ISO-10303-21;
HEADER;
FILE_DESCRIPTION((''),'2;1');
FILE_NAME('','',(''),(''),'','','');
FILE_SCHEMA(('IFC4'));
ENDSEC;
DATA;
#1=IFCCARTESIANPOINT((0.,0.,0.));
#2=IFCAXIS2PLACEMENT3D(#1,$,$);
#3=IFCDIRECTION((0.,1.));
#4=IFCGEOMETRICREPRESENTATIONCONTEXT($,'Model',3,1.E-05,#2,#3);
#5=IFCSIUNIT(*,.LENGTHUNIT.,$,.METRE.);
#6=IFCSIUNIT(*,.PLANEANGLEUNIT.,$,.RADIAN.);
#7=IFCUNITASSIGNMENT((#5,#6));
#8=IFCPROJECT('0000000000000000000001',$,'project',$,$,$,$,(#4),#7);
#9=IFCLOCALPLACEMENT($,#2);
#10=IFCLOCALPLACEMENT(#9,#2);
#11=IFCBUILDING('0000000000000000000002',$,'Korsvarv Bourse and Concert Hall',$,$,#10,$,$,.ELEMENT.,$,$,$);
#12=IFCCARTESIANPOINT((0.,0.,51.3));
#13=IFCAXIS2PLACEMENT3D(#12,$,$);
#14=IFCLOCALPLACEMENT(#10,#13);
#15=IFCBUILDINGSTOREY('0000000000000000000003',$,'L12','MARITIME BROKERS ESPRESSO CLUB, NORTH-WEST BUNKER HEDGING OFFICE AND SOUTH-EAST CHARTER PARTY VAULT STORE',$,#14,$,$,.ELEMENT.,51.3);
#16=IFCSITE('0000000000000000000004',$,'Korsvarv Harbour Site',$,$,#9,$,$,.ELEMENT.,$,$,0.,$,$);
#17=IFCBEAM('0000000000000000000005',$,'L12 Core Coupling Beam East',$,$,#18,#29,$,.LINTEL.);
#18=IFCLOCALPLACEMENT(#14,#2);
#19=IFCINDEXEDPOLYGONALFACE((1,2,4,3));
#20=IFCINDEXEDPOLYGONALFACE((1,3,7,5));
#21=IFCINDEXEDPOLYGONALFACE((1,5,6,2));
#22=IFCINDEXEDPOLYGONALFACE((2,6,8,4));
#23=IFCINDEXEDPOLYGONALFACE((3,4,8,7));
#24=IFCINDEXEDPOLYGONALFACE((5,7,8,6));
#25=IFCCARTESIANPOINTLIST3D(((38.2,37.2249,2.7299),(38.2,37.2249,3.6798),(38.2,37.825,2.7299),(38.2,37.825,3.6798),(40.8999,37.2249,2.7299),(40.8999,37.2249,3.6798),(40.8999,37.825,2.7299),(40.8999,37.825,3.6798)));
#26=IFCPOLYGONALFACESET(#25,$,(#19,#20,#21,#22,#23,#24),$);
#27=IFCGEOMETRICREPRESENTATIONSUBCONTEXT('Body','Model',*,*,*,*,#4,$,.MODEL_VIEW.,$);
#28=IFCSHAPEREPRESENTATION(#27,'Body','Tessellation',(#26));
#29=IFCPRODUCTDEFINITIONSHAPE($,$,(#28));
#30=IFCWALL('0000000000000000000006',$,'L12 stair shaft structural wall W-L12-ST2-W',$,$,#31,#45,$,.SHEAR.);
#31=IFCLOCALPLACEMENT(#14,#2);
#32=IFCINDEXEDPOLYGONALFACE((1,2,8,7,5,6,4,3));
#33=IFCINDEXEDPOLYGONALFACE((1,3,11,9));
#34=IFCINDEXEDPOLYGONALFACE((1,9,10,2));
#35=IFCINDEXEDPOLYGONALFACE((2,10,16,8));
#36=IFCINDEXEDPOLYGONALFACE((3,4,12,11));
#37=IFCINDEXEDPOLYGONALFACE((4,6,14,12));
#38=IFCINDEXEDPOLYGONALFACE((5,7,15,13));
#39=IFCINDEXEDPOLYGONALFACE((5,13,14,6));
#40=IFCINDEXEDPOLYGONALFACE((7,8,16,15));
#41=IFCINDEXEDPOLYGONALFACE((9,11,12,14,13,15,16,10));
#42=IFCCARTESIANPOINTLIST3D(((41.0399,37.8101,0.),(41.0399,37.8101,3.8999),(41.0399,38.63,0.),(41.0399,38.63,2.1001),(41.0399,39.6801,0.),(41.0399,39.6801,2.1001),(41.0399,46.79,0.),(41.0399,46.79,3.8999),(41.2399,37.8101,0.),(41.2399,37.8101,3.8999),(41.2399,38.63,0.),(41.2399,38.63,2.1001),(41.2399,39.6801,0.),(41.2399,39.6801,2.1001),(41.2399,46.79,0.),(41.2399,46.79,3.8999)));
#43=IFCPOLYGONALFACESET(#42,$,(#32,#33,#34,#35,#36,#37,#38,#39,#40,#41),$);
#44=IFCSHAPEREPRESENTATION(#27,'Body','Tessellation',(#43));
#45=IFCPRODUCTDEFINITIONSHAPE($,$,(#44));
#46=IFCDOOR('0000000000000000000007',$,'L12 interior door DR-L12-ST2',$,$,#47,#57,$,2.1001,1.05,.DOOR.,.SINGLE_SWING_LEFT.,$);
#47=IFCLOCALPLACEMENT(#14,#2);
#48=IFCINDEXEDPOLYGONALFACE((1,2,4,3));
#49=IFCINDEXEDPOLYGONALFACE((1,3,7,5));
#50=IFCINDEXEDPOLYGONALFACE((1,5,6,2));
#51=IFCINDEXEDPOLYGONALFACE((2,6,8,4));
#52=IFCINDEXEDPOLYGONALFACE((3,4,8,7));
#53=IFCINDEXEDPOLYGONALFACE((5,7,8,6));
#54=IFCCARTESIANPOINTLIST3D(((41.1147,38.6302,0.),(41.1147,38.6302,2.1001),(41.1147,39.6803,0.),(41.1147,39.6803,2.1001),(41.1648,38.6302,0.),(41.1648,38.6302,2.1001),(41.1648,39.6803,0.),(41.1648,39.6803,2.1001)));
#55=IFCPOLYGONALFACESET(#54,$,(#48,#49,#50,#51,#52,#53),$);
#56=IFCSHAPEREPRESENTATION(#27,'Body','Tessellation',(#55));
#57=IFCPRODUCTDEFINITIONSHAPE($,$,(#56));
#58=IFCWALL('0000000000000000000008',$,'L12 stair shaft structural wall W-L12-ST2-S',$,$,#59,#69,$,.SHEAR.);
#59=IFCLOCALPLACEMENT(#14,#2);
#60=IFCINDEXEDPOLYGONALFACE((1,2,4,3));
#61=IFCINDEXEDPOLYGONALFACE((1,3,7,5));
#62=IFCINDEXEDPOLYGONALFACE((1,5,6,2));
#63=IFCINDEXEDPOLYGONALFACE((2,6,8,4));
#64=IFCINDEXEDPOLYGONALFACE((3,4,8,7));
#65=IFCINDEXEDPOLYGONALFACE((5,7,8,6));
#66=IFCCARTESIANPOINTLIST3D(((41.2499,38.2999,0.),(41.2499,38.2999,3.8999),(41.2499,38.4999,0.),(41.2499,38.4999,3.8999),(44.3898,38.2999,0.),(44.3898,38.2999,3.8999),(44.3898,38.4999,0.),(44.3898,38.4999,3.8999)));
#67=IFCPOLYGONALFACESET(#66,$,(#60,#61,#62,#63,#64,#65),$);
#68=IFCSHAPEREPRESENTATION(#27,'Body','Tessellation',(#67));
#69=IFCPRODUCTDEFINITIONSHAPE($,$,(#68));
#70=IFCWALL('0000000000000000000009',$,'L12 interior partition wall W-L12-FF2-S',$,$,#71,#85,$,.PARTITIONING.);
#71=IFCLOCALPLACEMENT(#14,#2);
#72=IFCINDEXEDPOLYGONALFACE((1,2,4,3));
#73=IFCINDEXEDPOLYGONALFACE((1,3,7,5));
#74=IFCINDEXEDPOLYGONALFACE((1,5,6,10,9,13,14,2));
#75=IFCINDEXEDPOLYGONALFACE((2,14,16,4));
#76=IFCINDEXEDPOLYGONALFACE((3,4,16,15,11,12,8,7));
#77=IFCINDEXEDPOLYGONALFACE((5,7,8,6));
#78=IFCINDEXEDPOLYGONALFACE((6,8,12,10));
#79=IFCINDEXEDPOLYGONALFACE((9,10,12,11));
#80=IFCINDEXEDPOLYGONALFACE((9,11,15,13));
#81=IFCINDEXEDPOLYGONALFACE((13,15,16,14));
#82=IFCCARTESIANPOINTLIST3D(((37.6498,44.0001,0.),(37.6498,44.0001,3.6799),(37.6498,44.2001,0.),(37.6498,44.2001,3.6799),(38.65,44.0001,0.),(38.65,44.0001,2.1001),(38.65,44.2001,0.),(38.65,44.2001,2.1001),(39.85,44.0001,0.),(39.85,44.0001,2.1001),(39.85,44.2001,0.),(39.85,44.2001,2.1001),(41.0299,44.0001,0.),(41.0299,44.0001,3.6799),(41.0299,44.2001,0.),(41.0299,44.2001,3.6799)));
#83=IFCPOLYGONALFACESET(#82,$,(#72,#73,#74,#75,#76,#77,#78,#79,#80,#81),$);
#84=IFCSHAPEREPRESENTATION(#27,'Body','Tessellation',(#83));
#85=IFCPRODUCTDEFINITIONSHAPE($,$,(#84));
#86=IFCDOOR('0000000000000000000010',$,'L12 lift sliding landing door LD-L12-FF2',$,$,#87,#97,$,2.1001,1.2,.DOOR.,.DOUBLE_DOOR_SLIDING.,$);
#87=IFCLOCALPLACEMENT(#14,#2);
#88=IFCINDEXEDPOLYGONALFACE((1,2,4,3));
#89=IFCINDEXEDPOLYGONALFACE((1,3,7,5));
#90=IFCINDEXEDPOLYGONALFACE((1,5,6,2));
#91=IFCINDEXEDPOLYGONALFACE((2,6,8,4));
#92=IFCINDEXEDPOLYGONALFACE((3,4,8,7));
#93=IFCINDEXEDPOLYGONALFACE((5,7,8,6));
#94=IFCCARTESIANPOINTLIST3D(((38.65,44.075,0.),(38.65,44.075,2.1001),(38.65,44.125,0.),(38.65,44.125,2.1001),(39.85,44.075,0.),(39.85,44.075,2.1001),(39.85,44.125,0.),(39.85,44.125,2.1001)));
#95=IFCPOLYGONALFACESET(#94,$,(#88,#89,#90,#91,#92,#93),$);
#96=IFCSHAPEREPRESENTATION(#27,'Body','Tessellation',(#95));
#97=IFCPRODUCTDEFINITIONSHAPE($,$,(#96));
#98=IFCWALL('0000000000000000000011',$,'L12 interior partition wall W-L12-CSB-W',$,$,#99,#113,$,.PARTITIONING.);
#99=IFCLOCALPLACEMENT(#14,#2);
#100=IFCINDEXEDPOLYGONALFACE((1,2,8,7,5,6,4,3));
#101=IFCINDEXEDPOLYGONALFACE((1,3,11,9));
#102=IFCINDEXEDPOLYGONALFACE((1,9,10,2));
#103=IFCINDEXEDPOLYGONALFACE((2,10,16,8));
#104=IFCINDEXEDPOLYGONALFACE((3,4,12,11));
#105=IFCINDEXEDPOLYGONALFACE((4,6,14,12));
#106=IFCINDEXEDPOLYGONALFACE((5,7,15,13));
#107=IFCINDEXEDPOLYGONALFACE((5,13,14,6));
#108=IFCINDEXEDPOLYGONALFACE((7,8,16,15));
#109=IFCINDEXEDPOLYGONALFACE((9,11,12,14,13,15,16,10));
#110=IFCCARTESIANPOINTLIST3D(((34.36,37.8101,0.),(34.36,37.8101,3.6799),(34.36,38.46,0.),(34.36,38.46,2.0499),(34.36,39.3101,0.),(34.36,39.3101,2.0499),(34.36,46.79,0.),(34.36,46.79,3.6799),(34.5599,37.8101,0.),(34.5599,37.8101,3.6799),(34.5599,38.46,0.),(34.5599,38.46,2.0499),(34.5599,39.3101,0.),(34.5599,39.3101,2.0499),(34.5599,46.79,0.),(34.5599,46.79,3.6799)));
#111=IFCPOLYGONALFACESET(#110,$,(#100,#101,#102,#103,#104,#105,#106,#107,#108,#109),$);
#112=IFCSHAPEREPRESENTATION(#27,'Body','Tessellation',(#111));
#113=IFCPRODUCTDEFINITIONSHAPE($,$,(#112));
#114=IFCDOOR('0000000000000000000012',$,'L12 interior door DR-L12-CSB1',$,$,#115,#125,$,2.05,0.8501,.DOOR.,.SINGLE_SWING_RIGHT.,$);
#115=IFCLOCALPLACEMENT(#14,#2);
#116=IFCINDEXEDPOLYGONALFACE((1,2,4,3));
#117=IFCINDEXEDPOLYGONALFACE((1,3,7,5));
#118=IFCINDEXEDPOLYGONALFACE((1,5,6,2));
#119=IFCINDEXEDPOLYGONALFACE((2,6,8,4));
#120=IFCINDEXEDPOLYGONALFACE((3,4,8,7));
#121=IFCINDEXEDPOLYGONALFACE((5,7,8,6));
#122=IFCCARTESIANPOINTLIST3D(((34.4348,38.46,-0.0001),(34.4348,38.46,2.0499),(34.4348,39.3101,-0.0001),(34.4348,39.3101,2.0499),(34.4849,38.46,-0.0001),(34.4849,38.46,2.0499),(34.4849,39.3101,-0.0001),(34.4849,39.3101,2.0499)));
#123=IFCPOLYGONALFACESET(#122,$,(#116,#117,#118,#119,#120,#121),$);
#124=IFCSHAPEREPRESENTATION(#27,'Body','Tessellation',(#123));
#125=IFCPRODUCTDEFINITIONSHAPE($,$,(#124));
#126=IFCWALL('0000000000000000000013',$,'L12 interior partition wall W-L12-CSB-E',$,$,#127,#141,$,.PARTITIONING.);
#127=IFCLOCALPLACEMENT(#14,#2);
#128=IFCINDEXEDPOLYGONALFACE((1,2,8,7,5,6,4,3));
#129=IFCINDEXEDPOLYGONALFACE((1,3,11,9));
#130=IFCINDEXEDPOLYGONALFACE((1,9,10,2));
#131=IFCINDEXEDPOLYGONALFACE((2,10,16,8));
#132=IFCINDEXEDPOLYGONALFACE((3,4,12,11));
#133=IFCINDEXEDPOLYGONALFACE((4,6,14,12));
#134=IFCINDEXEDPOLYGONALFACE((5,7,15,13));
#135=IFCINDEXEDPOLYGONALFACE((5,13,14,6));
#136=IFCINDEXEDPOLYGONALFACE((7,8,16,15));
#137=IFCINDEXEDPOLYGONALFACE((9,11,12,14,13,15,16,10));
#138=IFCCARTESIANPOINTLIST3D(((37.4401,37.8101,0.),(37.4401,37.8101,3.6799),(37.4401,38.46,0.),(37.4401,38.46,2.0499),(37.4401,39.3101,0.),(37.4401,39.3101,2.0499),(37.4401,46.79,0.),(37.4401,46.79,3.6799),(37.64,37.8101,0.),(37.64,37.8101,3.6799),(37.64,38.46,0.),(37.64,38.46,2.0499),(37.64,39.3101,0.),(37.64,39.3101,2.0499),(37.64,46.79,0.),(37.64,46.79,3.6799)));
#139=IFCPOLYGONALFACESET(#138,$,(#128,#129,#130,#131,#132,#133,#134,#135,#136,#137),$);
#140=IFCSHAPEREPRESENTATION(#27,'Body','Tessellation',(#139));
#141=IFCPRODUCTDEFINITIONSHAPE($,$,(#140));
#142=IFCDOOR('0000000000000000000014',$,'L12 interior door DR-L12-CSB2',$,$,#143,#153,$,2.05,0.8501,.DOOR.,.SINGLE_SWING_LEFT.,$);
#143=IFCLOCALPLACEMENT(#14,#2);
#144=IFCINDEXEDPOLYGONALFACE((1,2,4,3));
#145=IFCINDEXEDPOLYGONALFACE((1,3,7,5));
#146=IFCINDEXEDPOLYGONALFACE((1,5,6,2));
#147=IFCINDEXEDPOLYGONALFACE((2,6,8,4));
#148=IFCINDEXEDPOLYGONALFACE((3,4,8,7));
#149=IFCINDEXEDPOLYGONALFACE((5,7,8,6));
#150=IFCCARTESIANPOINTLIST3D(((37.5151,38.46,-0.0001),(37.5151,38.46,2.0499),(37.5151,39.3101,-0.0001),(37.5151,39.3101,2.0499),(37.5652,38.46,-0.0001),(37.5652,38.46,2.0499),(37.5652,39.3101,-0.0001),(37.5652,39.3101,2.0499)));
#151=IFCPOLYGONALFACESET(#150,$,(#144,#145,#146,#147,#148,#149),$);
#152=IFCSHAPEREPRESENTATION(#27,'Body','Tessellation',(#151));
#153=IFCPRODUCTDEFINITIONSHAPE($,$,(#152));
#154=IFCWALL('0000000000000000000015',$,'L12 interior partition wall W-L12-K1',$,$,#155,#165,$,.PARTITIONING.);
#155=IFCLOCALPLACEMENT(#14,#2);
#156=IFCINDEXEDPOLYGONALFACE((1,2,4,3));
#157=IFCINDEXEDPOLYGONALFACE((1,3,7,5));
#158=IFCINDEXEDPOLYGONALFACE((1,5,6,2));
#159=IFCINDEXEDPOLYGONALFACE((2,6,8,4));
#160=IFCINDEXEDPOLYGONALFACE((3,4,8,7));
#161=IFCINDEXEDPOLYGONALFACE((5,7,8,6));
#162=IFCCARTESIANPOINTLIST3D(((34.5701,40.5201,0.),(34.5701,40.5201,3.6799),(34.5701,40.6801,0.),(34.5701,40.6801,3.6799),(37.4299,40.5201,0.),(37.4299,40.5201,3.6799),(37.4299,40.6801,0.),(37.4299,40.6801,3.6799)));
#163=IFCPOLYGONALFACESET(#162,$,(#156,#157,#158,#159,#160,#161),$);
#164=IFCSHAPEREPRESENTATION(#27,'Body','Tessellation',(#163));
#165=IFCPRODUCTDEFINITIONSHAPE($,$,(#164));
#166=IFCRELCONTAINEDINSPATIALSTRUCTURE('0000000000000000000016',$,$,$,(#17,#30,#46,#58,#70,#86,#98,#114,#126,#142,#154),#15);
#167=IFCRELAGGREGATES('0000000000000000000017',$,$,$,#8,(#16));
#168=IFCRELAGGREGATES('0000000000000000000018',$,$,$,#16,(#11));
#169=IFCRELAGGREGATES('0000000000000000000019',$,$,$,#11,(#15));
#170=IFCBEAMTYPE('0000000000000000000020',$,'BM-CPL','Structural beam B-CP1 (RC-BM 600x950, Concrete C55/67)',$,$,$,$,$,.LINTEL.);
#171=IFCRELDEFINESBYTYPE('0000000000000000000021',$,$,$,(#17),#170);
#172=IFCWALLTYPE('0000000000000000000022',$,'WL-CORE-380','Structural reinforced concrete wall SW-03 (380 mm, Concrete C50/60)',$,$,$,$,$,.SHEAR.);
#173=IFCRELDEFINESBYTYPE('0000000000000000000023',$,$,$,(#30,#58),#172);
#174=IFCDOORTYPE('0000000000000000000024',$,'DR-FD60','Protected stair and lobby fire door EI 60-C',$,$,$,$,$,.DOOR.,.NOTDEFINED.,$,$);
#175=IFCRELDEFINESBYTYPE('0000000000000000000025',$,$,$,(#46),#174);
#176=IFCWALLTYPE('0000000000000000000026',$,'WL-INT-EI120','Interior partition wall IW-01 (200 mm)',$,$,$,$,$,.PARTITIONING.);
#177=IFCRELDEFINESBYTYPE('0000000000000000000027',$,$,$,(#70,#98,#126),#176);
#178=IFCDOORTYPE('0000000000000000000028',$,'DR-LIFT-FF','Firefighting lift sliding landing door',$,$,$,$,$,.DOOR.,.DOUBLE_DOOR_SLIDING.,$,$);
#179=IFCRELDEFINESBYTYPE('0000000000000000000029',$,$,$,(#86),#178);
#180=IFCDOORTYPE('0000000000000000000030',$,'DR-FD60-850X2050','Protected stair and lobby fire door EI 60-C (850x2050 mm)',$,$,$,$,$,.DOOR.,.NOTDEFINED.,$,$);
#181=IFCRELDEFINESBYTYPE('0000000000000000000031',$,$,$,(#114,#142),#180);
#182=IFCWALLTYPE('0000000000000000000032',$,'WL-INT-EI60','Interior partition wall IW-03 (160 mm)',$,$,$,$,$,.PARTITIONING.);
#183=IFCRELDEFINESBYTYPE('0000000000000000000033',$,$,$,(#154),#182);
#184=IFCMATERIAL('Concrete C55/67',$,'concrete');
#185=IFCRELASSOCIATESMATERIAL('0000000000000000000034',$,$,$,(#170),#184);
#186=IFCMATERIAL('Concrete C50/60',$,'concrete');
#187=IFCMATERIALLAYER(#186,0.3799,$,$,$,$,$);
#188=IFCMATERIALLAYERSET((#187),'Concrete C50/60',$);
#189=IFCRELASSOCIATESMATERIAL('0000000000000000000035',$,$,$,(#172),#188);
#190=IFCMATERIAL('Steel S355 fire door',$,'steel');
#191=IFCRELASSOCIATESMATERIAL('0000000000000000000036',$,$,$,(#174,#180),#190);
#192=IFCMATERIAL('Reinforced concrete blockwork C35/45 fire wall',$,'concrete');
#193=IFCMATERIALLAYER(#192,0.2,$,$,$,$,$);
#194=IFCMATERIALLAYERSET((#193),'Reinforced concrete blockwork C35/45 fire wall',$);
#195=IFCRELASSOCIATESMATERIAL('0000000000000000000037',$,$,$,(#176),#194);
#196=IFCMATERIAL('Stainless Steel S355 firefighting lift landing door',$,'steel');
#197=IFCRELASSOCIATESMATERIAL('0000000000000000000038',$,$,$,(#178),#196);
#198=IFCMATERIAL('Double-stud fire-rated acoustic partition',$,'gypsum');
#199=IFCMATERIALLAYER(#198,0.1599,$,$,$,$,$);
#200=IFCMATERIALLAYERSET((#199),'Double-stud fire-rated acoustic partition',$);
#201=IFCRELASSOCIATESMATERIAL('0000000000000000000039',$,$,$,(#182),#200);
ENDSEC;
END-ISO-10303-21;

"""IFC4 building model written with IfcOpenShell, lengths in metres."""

from ifc_helpers import new_model, si_unit, direction, frame, frame_2d, origin, origin_2d, place, context, subcontext, project, spatial, rectangle, extrude, source, transform, mapped, material, layer, layer_set, material_profile, profile_set, type_object, element, fill, save


model = new_model("IFC4")

# Units and contexts
model_context = context("Model", 3, precision=1e-05, world=origin(), true_north=direction((0.0, 1.0)))
body_context = subcontext(model_context, "Body", "Model", "MODEL_VIEW")
ifc_project = project(units=[si_unit("LENGTHUNIT", "METRE"), si_unit("PLANEANGLEUNIT", "RADIAN")], contexts=[model_context])

# Site, building, storey
site_placement = place(None, origin())
site = spatial("IfcSite", under=ifc_project, at=site_placement, Name="Korsvarv Harbour Site", CompositionType="ELEMENT", RefElevation=0.0)
building_placement = place(site_placement, origin())
building = spatial("IfcBuilding", under=site, at=building_placement, Name="Korsvarv Bourse and Concert Hall", CompositionType="ELEMENT")
storey_placement = place(building_placement, frame((0.0, 0.0, 51.3)))
storey = spatial("IfcBuildingStorey", under=building, at=storey_placement, Name="L12", Description="MARITIME BROKERS ESPRESSO CLUB, NORTH-WEST BUNKER HEDGING OFFICE AND SOUTH-EAST CHARTER PARTY VAULT STORE", CompositionType="ELEMENT", Elevation=51.3)

# Beam
ifc_material_1 = material(Name="Concrete C55/67", Category="concrete")
ifc_material_profile = material_profile(ifc_material_1, rectangle(XDim=0.6001, YDim=0.95, at=origin_2d()), Name="RC-BM 600x950")
ifc_profile_set = profile_set([ifc_material_profile], Name="Concrete C55/67")
beam_type = type_object("IfcBeamType", Name="BM-CPL", Description="Structural beam B-CP1 (RC-BM 600x950, Concrete C55/67)", PredefinedType="LINTEL", material=ifc_profile_set)
shared_shape = source(origin(), body_context, "Body", "SweptSolid", [
    extrude(rectangle(XDim=0.6001, YDim=0.95, at=origin_2d()), origin(), (0.0, 0.0, 1.0), 2.7),
])
beam_placement = place(storey_placement, frame((38.2, 37.5249, 3.2048), z_axis=(1.0, 0.0, 0.0), x_axis=(0.0, 1.0, 0.0)))
element("IfcBeam", 1, at=beam_placement, inside=storey, type_object=beam_type, Name="L12 Core Coupling Beam East", PredefinedType="LINTEL", context=body_context, shape_type="MappedRepresentation", body=[
    mapped(shared_shape, transform((0.0, 0.0, 0.0), scale=1.0)),
])

# Wall, opening, door
ifc_material_2 = material(Name="Concrete C50/60", Category="concrete")
ifc_layer_1 = layer(ifc_material_2, 0.3799)
ifc_layer_set_1 = layer_set([ifc_layer_1], Name="Concrete C50/60")
wall_type_1 = type_object("IfcWallType", Name="WL-CORE-380", Description="Structural reinforced concrete wall SW-03 (380 mm, Concrete C50/60)", PredefinedType="SHEAR", material=ifc_layer_set_1)
wall_1_placement = place(storey_placement, frame((41.1399, 37.8101, 0.0), z_axis=(0.0, 0.0, 1.0), x_axis=(0.0, 1.0, 0.0)))
wall_1 = element("IfcWall", 2, at=wall_1_placement, inside=storey, type_object=wall_type_1, Name="L12 stair shaft structural wall W-L12-ST2-W", PredefinedType="SHEAR", context=body_context, shape_type="SweptSolid", body=[
    extrude(rectangle(XDim=8.98, YDim=0.2, at=frame_2d((4.49, 0.0))), origin(), (0.0, 0.0, 1.0), 3.8999),
])
opening_1_placement = place(wall_1_placement, frame((0.8201, 0.0, 0.0)))
opening_1 = element("IfcOpeningElement", 3, at=opening_1_placement, cuts=wall_1, PredefinedType="OPENING", context=body_context, shape_type="SweptSolid", body=[
    extrude(rectangle(XDim=1.05, YDim=2.1001, at=frame_2d((0.5249, 1.05))), frame((0.0, 0.1099, 0.0), z_axis=(0.0, -1.0, 0.0), x_axis=(1.0, 0.0, 0.0)), (0.0, 0.0, 1.0), 0.22),
])
ifc_material_3 = material(Name="Steel S355 fire door", Category="steel")
door_type_1 = type_object("IfcDoorType", Name="DR-FD60", Description="Protected stair and lobby fire door EI 60-C", OperationType="NOTDEFINED", PredefinedType="DOOR", material=ifc_material_3)
door_1_placement = place(opening_1_placement, frame((1.05, 0.0, 0.0), z_axis=(0.0, 0.0, 1.0), x_axis=(-1.0, 0.0, 0.0)))
door_1 = element("IfcDoor", 4, at=door_1_placement, inside=storey, type_object=door_type_1, Name="L12 interior door DR-L12-ST2", OperationType="SINGLE_SWING_LEFT", OverallHeight=2.1001, OverallWidth=1.05, PredefinedType="DOOR", context=body_context, shape_type="SweptSolid", body=[
    extrude(rectangle(XDim=1.05, YDim=2.1001, at=frame_2d((0.5249, 1.05))), frame((0.0, 0.0249, 0.0), z_axis=(0.0, -1.0, 0.0), x_axis=(1.0, 0.0, 0.0)), (0.0, 0.0, 1.0), 0.05),
])
fill(opening_1, door_1)

# Wall
wall_2_placement = place(storey_placement, frame((41.25, 38.3999, 0.0), z_axis=(0.0, 0.0, 1.0), x_axis=(1.0, 0.0, 0.0)))
element("IfcWall", 5, at=wall_2_placement, inside=storey, type_object=wall_type_1, Name="L12 stair shaft structural wall W-L12-ST2-S", PredefinedType="SHEAR", context=body_context, shape_type="SweptSolid", body=[
    extrude(rectangle(XDim=3.1399, YDim=0.2, at=frame_2d((1.5698, 0.0))), origin(), (0.0, 0.0, 1.0), 3.8999),
])

# Walls, openings, doors
ifc_material_4 = material(Name="Reinforced concrete blockwork C35/45 fire wall", Category="concrete")
ifc_layer_2 = layer(ifc_material_4, 0.2)
ifc_layer_set_2 = layer_set([ifc_layer_2], Name="Reinforced concrete blockwork C35/45 fire wall")
wall_type_2 = type_object("IfcWallType", Name="WL-INT-EI120", Description="Interior partition wall IW-01 (200 mm)", PredefinedType="PARTITIONING", material=ifc_layer_set_2)
wall_3_placement = place(storey_placement, frame((37.6499, 44.1001, 0.0), z_axis=(0.0, 0.0, 1.0), x_axis=(1.0, 0.0, 0.0)))
wall_3 = element("IfcWall", 6, at=wall_3_placement, inside=storey, type_object=wall_type_2, Name="L12 interior partition wall W-L12-FF2-S", PredefinedType="PARTITIONING", context=body_context, shape_type="SweptSolid", body=[
    extrude(rectangle(XDim=3.3801, YDim=0.2, at=frame_2d((1.6899, 0.0))), origin(), (0.0, 0.0, 1.0), 3.6799),
])
opening_2_placement = place(wall_3_placement, frame((1.0, 0.0, 0.0)))
opening_2 = element("IfcOpeningElement", 7, at=opening_2_placement, cuts=wall_3, PredefinedType="OPENING", context=body_context, shape_type="SweptSolid", body=[
    extrude(rectangle(XDim=1.2, YDim=2.1001, at=frame_2d((0.6001, 1.05))), frame((0.0, 0.1099, 0.0), z_axis=(0.0, -1.0, 0.0), x_axis=(1.0, 0.0, 0.0)), (0.0, 0.0, 1.0), 0.22),
])
ifc_material_5 = material(Name="Stainless Steel S355 firefighting lift landing door", Category="steel")
door_type_2 = type_object("IfcDoorType", Name="DR-LIFT-FF", Description="Firefighting lift sliding landing door", OperationType="DOUBLE_DOOR_SLIDING", PredefinedType="DOOR", material=ifc_material_5)
door_2_placement = place(opening_2_placement, origin())
door_2 = element("IfcDoor", 8, at=door_2_placement, inside=storey, type_object=door_type_2, Name="L12 lift sliding landing door LD-L12-FF2", OperationType="DOUBLE_DOOR_SLIDING", OverallHeight=2.1001, OverallWidth=1.2, PredefinedType="DOOR", context=body_context, shape_type="SweptSolid", body=[
    extrude(rectangle(XDim=1.2, YDim=2.1001, at=frame_2d((0.6001, 1.05))), frame((0.0, 0.0249, 0.0), z_axis=(0.0, -1.0, 0.0), x_axis=(1.0, 0.0, 0.0)), (0.0, 0.0, 1.0), 0.05),
])
fill(opening_2, door_2)
wall_4_placement = place(storey_placement, frame((34.46, 37.8101, 0.0), z_axis=(0.0, 0.0, 1.0), x_axis=(0.0, 1.0, 0.0)))
wall_4 = element("IfcWall", 9, at=wall_4_placement, inside=storey, type_object=wall_type_2, Name="L12 interior partition wall W-L12-CSB-W", PredefinedType="PARTITIONING", context=body_context, shape_type="SweptSolid", body=[
    extrude(rectangle(XDim=8.98, YDim=0.2, at=frame_2d((4.49, 0.0))), origin(), (0.0, 0.0, 1.0), 3.6799),
])
opening_3_placement = place(wall_4_placement, frame((0.6499, 0.0, 0.0)))
opening_3 = element("IfcOpeningElement", 10, at=opening_3_placement, cuts=wall_4, PredefinedType="OPENING", context=body_context, shape_type="SweptSolid", body=[
    extrude(rectangle(XDim=0.8501, YDim=2.05, at=frame_2d((0.425, 1.0249))), frame((0.0, 0.1099, 0.0), z_axis=(0.0, -1.0, 0.0), x_axis=(1.0, 0.0, 0.0)), (0.0, 0.0, 1.0), 0.22),
])
door_type_3 = type_object("IfcDoorType", Name="DR-FD60-850X2050", Description="Protected stair and lobby fire door EI 60-C (850x2050 mm)", OperationType="NOTDEFINED", PredefinedType="DOOR", material=ifc_material_3)
door_3_placement = place(opening_3_placement, frame((0.8501, 0.0, 0.0), z_axis=(0.0, 0.0, 1.0), x_axis=(-1.0, 0.0, 0.0)))
door_3 = element("IfcDoor", 11, at=door_3_placement, inside=storey, type_object=door_type_3, Name="L12 interior door DR-L12-CSB1", OperationType="SINGLE_SWING_RIGHT", OverallHeight=2.05, OverallWidth=0.8501, PredefinedType="DOOR", context=body_context, shape_type="SweptSolid", body=[
    extrude(rectangle(XDim=0.8501, YDim=2.05, at=frame_2d((0.425, 1.0249))), frame((0.0, 0.0249, 0.0), z_axis=(0.0, -1.0, 0.0), x_axis=(1.0, 0.0, 0.0)), (0.0, 0.0, 1.0), 0.05),
])
fill(opening_3, door_3)
wall_5_placement = place(storey_placement, frame((37.54, 37.8101, 0.0), z_axis=(0.0, 0.0, 1.0), x_axis=(0.0, 1.0, 0.0)))
wall_5 = element("IfcWall", 12, at=wall_5_placement, inside=storey, type_object=wall_type_2, Name="L12 interior partition wall W-L12-CSB-E", PredefinedType="PARTITIONING", context=body_context, shape_type="SweptSolid", body=[
    extrude(rectangle(XDim=8.98, YDim=0.2, at=frame_2d((4.49, 0.0))), origin(), (0.0, 0.0, 1.0), 3.6799),
])
opening_4_placement = place(wall_5_placement, frame((0.6499, 0.0, 0.0)))
opening_4 = element("IfcOpeningElement", 13, at=opening_4_placement, cuts=wall_5, PredefinedType="OPENING", context=body_context, shape_type="SweptSolid", body=[
    extrude(rectangle(XDim=0.8501, YDim=2.05, at=frame_2d((0.425, 1.0249))), frame((0.0, 0.1099, 0.0), z_axis=(0.0, -1.0, 0.0), x_axis=(1.0, 0.0, 0.0)), (0.0, 0.0, 1.0), 0.22),
])
door_4_placement = place(opening_4_placement, origin())
door_4 = element("IfcDoor", 14, at=door_4_placement, inside=storey, type_object=door_type_3, Name="L12 interior door DR-L12-CSB2", OperationType="SINGLE_SWING_LEFT", OverallHeight=2.05, OverallWidth=0.8501, PredefinedType="DOOR", context=body_context, shape_type="SweptSolid", body=[
    extrude(rectangle(XDim=0.8501, YDim=2.05, at=frame_2d((0.425, 1.0249))), frame((0.0, 0.0249, 0.0), z_axis=(0.0, -1.0, 0.0), x_axis=(1.0, 0.0, 0.0)), (0.0, 0.0, 1.0), 0.05),
])
fill(opening_4, door_4)

# Wall
ifc_material_6 = material(Name="Double-stud fire-rated acoustic partition", Category="gypsum")
ifc_layer_3 = layer(ifc_material_6, 0.1599)
ifc_layer_set_3 = layer_set([ifc_layer_3], Name="Double-stud fire-rated acoustic partition")
wall_type_3 = type_object("IfcWallType", Name="WL-INT-EI60", Description="Interior partition wall IW-03 (160 mm)", PredefinedType="PARTITIONING", material=ifc_layer_set_3)
for number, where, z_axis, x_axis, name in (
    (15, (34.5701, 40.6001, 0.0), (0.0, 0.0, 1.0), (1.0, 0.0, 0.0), "L12 interior partition wall W-L12-K1"),
):
    element("IfcWall", number, at=place(storey_placement, frame(where, z_axis=z_axis, x_axis=x_axis)), inside=storey, type_object=wall_type_3, Name=name, PredefinedType="PARTITIONING", context=body_context, shape_type="SweptSolid", body=[
        extrude(rectangle(XDim=2.8599, YDim=0.1599, at=frame_2d((1.4299, 0.0))), origin(), (0.0, 0.0, 1.0), 3.6799),
    ])

save(model, "model.ifc")
